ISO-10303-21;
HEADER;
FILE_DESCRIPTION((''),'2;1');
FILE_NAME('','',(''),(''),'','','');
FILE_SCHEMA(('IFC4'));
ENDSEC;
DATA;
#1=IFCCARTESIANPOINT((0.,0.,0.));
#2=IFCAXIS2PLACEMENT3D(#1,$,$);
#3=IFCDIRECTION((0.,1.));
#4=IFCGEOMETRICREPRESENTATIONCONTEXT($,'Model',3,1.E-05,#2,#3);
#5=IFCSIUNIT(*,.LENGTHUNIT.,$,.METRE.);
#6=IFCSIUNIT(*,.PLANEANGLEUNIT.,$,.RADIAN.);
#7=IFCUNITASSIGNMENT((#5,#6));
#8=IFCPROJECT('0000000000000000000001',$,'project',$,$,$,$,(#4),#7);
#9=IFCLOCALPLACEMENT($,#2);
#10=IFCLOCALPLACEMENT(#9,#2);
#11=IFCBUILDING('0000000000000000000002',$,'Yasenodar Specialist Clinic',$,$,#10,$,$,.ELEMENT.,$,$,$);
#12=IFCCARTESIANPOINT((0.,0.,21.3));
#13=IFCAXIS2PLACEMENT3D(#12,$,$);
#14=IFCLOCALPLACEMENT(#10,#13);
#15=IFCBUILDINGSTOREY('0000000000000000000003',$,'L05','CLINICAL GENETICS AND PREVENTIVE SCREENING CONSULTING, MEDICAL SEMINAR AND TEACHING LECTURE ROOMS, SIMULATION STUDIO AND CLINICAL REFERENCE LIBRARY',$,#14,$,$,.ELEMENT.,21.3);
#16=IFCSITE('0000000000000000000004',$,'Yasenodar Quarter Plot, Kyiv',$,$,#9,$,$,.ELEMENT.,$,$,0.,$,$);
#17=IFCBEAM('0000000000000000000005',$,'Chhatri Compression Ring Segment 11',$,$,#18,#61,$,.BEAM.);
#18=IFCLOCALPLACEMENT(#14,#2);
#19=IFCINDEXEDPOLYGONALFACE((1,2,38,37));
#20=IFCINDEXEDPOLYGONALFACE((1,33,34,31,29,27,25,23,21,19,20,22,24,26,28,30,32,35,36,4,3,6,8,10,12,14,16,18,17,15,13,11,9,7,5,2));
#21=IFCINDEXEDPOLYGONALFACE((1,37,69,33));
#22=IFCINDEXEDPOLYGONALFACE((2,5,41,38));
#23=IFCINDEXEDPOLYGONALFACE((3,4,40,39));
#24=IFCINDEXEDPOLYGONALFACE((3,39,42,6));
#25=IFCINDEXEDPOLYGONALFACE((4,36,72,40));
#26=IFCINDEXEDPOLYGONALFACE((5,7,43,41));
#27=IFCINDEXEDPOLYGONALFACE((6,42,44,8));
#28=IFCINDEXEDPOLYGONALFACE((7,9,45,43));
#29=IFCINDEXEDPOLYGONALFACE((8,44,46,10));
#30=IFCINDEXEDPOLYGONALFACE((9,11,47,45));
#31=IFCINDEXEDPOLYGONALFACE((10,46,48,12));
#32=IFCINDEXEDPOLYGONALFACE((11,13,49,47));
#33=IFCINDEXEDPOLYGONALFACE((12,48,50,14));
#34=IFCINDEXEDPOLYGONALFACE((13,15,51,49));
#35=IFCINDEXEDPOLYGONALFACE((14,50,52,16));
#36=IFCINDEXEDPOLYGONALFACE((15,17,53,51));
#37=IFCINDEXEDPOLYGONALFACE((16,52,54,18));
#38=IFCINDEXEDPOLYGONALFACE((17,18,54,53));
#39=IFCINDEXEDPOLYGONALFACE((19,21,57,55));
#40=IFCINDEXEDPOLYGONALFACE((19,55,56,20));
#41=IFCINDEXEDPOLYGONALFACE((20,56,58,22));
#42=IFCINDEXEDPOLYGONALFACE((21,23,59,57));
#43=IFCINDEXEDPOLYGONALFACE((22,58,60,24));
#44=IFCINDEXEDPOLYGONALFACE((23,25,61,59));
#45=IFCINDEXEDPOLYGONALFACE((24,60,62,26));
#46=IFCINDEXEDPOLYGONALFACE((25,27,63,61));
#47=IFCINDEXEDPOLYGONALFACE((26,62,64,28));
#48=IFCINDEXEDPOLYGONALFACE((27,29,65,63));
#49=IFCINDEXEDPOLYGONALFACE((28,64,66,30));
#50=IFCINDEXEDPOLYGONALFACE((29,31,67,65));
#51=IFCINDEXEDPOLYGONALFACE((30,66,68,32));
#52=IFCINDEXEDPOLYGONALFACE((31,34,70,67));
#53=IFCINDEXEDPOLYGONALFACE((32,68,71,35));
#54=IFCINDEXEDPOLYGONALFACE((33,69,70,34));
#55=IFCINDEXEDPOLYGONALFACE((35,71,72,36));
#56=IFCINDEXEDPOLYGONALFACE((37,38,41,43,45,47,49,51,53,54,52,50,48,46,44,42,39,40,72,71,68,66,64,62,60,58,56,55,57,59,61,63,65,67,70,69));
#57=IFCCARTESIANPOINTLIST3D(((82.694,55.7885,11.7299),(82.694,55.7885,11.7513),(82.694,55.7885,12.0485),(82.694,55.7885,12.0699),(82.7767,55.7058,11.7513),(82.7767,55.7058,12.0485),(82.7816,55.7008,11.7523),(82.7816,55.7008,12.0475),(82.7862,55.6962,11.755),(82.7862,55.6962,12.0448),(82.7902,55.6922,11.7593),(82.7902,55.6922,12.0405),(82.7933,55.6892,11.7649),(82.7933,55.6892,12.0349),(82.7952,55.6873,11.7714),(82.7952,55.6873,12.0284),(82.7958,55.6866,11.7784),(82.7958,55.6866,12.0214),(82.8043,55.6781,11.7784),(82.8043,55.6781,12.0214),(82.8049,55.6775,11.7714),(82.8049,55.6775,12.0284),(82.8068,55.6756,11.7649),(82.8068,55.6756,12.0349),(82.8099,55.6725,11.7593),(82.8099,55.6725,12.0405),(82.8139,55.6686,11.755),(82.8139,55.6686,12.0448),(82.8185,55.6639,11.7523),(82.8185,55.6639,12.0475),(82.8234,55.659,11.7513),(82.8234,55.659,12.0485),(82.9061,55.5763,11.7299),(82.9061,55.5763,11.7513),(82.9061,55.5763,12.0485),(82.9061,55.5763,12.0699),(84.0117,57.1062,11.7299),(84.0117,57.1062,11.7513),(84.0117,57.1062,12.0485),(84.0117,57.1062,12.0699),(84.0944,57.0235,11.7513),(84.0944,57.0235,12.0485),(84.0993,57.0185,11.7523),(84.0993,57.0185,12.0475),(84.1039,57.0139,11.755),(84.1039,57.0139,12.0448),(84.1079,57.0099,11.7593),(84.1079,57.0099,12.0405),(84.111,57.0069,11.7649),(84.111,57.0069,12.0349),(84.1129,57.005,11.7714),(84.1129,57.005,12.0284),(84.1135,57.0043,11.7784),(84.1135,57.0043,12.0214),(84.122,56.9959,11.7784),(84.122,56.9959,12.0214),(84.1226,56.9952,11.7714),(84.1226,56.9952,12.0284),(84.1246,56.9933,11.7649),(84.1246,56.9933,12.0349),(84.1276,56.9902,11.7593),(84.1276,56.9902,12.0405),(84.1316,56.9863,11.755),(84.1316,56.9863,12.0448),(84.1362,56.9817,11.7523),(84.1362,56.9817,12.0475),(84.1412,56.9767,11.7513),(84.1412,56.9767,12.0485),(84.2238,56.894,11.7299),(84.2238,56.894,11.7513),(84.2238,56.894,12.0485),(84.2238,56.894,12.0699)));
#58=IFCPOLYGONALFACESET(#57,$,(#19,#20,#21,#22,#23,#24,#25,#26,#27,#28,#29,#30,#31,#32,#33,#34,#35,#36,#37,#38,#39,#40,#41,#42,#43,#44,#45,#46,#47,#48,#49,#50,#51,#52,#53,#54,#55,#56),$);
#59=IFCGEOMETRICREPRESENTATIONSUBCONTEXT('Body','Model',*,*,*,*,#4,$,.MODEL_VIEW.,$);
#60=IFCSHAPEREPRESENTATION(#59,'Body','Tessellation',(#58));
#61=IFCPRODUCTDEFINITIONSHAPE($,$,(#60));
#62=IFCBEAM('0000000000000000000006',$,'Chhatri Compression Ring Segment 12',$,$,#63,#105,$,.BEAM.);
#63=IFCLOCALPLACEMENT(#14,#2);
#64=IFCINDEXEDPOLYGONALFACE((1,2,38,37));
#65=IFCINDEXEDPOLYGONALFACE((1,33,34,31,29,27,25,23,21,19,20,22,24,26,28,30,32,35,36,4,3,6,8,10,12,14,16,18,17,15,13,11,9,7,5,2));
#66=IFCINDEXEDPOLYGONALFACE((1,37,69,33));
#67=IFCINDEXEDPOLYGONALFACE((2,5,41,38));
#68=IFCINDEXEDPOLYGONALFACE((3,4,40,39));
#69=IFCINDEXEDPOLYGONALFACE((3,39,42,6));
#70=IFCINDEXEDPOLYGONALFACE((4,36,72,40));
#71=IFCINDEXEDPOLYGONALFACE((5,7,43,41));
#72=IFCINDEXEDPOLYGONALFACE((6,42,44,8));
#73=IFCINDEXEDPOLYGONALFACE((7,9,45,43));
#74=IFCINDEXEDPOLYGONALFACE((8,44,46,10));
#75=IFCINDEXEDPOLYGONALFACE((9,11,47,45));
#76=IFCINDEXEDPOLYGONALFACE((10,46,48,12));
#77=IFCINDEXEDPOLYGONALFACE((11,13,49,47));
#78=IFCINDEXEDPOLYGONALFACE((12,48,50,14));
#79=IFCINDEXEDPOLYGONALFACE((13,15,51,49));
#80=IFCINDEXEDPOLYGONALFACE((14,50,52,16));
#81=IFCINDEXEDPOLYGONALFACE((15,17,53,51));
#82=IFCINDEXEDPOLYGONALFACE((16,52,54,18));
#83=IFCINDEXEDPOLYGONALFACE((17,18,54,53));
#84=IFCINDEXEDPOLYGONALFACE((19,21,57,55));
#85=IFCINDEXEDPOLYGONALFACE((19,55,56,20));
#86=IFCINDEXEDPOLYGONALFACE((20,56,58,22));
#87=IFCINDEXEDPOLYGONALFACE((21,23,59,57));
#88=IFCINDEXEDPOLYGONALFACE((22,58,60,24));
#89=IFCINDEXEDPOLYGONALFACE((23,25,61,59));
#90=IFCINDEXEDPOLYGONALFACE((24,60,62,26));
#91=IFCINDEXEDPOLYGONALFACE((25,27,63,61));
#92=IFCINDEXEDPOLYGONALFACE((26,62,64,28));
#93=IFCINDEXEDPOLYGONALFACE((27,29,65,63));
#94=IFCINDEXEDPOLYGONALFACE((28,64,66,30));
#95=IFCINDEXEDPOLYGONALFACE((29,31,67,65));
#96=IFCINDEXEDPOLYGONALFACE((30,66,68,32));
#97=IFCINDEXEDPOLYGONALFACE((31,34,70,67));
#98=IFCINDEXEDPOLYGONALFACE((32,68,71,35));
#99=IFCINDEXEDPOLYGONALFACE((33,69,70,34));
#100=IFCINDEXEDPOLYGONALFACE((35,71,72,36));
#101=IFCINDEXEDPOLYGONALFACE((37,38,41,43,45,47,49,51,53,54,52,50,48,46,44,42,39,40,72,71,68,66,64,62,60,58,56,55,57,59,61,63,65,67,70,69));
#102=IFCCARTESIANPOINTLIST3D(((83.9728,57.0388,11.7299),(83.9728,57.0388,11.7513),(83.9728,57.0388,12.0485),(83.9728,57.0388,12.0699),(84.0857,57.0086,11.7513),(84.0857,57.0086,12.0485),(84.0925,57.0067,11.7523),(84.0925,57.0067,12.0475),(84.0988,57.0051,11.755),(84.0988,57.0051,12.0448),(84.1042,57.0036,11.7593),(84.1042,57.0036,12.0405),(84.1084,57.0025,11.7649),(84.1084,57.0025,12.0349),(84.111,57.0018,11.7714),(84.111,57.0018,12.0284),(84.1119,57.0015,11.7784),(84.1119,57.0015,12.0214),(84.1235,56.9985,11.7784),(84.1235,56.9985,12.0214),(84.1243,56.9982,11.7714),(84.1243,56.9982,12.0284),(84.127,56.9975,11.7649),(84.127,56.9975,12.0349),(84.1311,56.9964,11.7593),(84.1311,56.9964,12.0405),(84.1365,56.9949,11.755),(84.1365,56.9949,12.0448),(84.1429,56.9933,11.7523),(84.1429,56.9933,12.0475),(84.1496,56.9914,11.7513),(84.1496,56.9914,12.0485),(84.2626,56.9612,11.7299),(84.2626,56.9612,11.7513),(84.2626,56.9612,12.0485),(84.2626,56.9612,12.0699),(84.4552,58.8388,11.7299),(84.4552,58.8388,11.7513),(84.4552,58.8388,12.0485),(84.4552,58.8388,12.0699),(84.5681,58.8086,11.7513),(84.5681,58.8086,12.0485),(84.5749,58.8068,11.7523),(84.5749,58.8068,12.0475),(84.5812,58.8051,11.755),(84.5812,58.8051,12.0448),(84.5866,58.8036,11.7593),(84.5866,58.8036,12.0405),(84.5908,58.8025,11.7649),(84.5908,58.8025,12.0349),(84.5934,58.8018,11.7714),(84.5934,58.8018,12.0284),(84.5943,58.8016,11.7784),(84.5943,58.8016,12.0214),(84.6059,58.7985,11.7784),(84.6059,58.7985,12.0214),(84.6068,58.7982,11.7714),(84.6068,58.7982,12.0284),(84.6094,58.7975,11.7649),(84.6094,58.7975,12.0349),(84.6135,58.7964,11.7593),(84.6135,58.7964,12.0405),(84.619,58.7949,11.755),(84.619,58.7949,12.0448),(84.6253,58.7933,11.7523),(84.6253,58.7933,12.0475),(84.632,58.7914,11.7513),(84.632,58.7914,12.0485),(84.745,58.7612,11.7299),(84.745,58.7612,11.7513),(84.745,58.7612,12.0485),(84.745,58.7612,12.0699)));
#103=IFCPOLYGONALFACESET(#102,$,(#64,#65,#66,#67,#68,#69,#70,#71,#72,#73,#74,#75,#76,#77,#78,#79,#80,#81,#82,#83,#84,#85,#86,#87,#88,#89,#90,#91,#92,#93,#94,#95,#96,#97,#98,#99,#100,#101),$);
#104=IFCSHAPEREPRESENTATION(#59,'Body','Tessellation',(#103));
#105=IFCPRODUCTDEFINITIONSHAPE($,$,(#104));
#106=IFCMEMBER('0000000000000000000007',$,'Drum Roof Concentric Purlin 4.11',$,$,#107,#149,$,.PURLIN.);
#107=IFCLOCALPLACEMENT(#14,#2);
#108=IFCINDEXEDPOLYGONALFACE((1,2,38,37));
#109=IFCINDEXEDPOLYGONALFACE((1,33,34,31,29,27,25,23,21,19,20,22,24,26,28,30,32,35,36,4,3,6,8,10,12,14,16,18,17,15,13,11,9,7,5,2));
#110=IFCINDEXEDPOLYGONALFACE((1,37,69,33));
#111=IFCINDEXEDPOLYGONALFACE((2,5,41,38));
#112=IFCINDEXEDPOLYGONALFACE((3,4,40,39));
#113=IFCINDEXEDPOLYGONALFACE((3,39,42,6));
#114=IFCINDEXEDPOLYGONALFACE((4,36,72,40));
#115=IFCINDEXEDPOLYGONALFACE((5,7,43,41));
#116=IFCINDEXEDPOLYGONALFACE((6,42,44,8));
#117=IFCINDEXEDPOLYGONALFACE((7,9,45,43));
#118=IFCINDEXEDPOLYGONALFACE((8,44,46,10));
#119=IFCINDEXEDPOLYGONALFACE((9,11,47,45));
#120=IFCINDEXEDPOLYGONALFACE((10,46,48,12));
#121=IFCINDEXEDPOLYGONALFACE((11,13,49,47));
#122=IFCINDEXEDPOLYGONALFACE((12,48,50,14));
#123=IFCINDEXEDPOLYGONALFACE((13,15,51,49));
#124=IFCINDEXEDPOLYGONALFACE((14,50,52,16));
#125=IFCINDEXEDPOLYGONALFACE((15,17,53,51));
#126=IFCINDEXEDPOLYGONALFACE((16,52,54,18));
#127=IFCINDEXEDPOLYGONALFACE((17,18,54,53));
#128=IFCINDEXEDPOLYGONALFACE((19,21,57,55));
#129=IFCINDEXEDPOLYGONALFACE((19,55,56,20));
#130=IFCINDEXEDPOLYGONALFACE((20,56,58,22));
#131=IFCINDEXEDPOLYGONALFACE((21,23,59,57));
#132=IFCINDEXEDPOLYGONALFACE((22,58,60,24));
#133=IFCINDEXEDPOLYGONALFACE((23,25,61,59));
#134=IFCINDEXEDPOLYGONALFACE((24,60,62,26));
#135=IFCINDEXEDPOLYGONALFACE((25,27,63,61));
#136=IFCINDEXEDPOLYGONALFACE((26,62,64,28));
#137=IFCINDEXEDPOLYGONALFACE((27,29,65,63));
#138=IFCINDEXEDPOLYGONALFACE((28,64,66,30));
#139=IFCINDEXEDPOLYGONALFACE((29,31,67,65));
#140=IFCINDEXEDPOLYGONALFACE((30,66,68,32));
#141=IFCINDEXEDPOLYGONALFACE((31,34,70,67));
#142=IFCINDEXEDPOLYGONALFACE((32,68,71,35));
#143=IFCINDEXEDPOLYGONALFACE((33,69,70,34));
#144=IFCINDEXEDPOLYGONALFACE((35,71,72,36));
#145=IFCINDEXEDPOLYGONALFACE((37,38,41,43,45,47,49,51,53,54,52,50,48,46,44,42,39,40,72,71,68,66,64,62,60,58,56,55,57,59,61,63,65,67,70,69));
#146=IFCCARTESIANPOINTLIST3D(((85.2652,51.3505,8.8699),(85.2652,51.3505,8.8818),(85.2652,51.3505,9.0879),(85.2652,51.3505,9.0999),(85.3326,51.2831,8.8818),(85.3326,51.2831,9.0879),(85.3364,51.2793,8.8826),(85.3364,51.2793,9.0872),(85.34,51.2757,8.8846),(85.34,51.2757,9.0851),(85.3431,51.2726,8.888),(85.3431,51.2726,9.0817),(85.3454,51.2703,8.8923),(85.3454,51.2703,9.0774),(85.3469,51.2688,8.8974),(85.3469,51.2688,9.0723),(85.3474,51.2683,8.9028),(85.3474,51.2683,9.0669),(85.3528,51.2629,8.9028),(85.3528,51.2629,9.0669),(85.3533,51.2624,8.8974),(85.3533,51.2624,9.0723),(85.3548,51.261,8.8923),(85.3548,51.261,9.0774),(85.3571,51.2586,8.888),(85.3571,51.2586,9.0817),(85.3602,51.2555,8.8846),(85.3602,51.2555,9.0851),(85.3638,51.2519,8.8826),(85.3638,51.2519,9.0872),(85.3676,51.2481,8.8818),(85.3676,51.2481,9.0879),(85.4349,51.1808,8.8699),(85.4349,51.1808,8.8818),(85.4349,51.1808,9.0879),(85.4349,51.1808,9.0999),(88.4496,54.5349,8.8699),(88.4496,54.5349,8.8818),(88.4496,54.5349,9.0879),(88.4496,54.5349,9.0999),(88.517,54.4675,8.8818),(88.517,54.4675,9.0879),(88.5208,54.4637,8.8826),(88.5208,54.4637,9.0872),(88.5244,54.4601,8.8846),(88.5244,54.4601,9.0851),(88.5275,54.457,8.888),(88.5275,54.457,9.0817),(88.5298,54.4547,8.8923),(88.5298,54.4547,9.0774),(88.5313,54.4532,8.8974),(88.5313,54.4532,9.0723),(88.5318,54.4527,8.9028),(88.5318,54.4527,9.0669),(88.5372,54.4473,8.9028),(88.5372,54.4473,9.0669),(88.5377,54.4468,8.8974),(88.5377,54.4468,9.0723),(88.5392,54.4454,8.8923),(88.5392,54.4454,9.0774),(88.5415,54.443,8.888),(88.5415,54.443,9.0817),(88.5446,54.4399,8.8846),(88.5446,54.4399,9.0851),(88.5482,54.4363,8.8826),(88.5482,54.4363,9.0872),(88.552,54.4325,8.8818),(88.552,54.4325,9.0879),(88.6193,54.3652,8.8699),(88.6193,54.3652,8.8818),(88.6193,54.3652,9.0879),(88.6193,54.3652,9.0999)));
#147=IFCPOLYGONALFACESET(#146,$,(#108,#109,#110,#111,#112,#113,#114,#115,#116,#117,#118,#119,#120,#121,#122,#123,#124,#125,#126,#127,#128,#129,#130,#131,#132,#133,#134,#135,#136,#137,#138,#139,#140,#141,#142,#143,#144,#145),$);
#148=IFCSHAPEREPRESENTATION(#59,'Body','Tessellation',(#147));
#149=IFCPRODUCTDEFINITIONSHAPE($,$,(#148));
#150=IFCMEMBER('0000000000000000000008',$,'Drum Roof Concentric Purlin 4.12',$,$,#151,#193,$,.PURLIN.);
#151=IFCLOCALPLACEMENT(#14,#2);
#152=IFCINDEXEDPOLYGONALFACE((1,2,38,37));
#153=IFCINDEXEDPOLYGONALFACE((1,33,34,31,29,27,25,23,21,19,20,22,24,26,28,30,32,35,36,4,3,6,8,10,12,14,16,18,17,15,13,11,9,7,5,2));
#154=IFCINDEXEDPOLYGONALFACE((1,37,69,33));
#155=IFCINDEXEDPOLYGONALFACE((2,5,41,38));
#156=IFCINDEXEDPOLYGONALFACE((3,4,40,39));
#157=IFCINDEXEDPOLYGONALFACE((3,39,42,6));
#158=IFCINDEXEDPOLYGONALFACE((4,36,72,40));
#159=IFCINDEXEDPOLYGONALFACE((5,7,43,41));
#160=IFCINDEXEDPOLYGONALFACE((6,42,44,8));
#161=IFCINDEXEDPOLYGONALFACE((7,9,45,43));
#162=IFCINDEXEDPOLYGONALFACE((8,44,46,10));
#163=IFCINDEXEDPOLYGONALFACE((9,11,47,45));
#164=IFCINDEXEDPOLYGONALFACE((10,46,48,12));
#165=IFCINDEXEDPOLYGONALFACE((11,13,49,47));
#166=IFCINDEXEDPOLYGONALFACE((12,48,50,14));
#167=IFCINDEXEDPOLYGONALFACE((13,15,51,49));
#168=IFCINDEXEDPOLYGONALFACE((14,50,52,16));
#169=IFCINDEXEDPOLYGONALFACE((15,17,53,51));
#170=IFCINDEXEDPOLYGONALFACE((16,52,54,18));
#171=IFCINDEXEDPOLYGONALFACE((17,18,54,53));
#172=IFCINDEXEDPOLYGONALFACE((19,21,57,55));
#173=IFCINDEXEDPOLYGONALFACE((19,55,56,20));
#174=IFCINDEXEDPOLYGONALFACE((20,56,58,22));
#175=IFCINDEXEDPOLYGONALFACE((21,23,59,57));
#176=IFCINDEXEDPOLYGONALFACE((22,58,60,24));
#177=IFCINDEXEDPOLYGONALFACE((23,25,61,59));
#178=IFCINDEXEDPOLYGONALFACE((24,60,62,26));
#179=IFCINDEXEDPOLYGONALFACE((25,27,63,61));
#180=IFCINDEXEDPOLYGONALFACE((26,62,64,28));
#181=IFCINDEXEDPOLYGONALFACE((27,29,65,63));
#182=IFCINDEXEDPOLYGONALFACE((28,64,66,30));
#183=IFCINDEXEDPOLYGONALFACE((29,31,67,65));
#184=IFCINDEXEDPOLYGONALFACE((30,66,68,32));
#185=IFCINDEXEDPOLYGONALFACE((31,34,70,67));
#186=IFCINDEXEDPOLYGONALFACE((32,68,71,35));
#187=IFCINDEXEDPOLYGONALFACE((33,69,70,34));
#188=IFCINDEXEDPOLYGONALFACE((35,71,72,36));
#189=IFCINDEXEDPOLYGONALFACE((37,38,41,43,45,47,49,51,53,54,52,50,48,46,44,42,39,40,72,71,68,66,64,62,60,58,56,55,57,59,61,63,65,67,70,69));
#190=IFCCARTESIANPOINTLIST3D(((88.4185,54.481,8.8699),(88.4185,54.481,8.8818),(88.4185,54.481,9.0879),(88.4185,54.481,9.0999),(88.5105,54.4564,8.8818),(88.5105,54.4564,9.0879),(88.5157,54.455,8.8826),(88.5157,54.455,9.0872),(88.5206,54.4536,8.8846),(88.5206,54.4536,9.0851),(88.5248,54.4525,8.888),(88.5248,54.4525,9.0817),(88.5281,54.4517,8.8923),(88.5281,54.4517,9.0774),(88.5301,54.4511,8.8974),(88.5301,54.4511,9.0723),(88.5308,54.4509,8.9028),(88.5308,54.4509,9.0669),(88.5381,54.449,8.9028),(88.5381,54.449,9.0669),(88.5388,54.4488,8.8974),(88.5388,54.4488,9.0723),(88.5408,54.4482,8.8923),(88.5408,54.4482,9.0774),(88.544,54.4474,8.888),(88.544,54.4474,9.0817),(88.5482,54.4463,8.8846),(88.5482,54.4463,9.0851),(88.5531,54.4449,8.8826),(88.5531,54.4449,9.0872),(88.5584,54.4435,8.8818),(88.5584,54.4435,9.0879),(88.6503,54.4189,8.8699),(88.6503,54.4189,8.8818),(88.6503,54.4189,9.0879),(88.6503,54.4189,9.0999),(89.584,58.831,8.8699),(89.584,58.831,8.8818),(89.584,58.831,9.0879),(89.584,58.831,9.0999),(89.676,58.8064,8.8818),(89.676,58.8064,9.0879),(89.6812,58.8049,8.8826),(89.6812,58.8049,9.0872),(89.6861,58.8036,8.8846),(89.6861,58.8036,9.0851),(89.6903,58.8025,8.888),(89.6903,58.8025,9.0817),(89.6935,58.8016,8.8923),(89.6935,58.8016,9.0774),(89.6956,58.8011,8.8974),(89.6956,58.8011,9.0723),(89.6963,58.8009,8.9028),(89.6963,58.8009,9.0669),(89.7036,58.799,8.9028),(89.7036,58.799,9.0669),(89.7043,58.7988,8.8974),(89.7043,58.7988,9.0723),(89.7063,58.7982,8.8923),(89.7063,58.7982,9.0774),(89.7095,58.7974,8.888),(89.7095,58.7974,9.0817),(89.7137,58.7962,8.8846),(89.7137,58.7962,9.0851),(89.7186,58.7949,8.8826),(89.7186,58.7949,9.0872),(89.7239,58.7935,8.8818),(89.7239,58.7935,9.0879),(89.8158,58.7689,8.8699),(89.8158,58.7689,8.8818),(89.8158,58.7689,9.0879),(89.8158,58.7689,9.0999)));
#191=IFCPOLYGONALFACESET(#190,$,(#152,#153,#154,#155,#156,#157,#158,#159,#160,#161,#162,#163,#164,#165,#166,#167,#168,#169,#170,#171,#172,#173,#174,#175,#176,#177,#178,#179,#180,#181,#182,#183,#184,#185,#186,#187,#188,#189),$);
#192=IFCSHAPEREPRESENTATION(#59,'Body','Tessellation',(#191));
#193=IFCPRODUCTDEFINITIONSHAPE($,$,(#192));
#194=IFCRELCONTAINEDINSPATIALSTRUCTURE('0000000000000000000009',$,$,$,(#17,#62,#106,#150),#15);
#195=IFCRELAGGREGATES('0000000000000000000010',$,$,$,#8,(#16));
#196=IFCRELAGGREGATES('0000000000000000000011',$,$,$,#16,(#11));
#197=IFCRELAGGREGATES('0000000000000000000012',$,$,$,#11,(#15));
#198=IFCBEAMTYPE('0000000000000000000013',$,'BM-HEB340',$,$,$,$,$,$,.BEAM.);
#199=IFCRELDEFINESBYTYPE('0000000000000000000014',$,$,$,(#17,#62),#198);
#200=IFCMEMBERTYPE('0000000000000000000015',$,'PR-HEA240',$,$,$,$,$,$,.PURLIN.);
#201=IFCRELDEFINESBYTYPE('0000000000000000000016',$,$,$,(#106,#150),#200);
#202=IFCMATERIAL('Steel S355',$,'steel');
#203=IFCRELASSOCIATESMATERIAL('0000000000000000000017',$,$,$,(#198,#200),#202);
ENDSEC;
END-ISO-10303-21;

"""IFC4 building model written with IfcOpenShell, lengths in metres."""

from ifc_helpers import new_model, si_unit, direction, frame, origin, origin_2d, place, context, subcontext, project, spatial, i_section, extrude, material, material_profile, profile_set, type_object, element, save


model = new_model("IFC4")

# Units and contexts
model_context = context("Model", 3, precision=1e-05, world=origin(), true_north=direction((0.0, 1.0)))
body_context = subcontext(model_context, "Body", "Model", "MODEL_VIEW")
ifc_project = project(units=[si_unit("LENGTHUNIT", "METRE"), si_unit("PLANEANGLEUNIT", "RADIAN")], contexts=[model_context])

# Site, building, storey
site_placement = place(None, origin())
site = spatial("IfcSite", under=ifc_project, at=site_placement, Name="Yasenodar Quarter Plot, Kyiv", CompositionType="ELEMENT", RefElevation=0.0)
building_placement = place(site_placement, origin())
building = spatial("IfcBuilding", under=site, at=building_placement, Name="Yasenodar Specialist Clinic", CompositionType="ELEMENT")
storey_placement = place(building_placement, frame((0.0, 0.0, 21.3)))
storey = spatial("IfcBuildingStorey", under=building, at=storey_placement, Name="L05", Description="CLINICAL GENETICS AND PREVENTIVE SCREENING CONSULTING, MEDICAL SEMINAR AND TEACHING LECTURE ROOMS, SIMULATION STUDIO AND CLINICAL REFERENCE LIBRARY", CompositionType="ELEMENT", Elevation=21.3)

# Beams
ifc_material = material(Name="Steel S355", Category="steel")
ifc_material_profile_1 = material_profile(ifc_material, i_section(OverallWidth=0.3, OverallDepth=0.3401, WebThickness=0.012, FlangeThickness=0.0215, FilletRadius=0.0271, at=origin_2d()), Name="HEB 340")
ifc_profile_set_1 = profile_set([ifc_material_profile_1], Name="Steel S355")
beam_type_1 = type_object("IfcBeamType", Name="BM-HEB340", PredefinedType="BEAM", material=ifc_profile_set_1)
for number, where, z_axis, x_axis, name in (
    (1, (82.8, 55.6824, 11.8999), (0.707107, 0.707107, 0.0), (-0.707107, 0.707107, 0.0), "Chhatri Compression Ring Segment 11"),
    (2, (84.1177, 57.0, 11.8999), (0.258869, 0.965912, 0.0), (-0.965912, 0.258869, 0.0), "Chhatri Compression Ring Segment 12"),
):
    element("IfcBeam", number, at=place(storey_placement, frame(where, z_axis=z_axis, x_axis=x_axis)), inside=storey, type_object=beam_type_1, Name=name, PredefinedType="BEAM", context=body_context, shape_type="SweptSolid", body=[
        extrude(i_section(OverallWidth=0.3, OverallDepth=0.3401, WebThickness=0.012, FlangeThickness=0.0215, FilletRadius=0.0271, at=origin_2d()), origin(), (0.0, 0.0, 1.0), 1.8635),
    ])

# Members
ifc_material_profile_2 = material_profile(ifc_material, i_section(OverallWidth=0.24, OverallDepth=0.23, WebThickness=0.0076, FlangeThickness=0.012, FilletRadius=0.021, at=origin_2d()), Name="HEA 240")
ifc_profile_set_2 = profile_set([ifc_material_profile_2], Name="Steel S355")
member_type_1 = type_object("IfcMemberType", Name="PR-HEA240", PredefinedType="PURLIN", material=ifc_profile_set_2)
for number, where, z_axis, x_axis, name in (
    (3, (85.3501, 51.2656, 8.9849), (0.707107, 0.707107, 0.0), (-0.707107, 0.707107, 0.0), "Drum Roof Concentric Purlin 4.11"),
    (4, (88.5344, 54.45, 8.9849), (0.258803, 0.96593, 0.0), (-0.96593, 0.258803, 0.0), "Drum Roof Concentric Purlin 4.12"),
):
    element("IfcMember", number, at=place(storey_placement, frame(where, z_axis=z_axis, x_axis=x_axis)), inside=storey, type_object=member_type_1, Name=name, PredefinedType="PURLIN", context=body_context, shape_type="SweptSolid", body=[
        extrude(i_section(OverallWidth=0.24, OverallDepth=0.23, WebThickness=0.0076, FlangeThickness=0.012, FilletRadius=0.021, at=origin_2d()), origin(), (0.0, 0.0, 1.0), 4.5034),
    ])

save(model, "model.ifc")
